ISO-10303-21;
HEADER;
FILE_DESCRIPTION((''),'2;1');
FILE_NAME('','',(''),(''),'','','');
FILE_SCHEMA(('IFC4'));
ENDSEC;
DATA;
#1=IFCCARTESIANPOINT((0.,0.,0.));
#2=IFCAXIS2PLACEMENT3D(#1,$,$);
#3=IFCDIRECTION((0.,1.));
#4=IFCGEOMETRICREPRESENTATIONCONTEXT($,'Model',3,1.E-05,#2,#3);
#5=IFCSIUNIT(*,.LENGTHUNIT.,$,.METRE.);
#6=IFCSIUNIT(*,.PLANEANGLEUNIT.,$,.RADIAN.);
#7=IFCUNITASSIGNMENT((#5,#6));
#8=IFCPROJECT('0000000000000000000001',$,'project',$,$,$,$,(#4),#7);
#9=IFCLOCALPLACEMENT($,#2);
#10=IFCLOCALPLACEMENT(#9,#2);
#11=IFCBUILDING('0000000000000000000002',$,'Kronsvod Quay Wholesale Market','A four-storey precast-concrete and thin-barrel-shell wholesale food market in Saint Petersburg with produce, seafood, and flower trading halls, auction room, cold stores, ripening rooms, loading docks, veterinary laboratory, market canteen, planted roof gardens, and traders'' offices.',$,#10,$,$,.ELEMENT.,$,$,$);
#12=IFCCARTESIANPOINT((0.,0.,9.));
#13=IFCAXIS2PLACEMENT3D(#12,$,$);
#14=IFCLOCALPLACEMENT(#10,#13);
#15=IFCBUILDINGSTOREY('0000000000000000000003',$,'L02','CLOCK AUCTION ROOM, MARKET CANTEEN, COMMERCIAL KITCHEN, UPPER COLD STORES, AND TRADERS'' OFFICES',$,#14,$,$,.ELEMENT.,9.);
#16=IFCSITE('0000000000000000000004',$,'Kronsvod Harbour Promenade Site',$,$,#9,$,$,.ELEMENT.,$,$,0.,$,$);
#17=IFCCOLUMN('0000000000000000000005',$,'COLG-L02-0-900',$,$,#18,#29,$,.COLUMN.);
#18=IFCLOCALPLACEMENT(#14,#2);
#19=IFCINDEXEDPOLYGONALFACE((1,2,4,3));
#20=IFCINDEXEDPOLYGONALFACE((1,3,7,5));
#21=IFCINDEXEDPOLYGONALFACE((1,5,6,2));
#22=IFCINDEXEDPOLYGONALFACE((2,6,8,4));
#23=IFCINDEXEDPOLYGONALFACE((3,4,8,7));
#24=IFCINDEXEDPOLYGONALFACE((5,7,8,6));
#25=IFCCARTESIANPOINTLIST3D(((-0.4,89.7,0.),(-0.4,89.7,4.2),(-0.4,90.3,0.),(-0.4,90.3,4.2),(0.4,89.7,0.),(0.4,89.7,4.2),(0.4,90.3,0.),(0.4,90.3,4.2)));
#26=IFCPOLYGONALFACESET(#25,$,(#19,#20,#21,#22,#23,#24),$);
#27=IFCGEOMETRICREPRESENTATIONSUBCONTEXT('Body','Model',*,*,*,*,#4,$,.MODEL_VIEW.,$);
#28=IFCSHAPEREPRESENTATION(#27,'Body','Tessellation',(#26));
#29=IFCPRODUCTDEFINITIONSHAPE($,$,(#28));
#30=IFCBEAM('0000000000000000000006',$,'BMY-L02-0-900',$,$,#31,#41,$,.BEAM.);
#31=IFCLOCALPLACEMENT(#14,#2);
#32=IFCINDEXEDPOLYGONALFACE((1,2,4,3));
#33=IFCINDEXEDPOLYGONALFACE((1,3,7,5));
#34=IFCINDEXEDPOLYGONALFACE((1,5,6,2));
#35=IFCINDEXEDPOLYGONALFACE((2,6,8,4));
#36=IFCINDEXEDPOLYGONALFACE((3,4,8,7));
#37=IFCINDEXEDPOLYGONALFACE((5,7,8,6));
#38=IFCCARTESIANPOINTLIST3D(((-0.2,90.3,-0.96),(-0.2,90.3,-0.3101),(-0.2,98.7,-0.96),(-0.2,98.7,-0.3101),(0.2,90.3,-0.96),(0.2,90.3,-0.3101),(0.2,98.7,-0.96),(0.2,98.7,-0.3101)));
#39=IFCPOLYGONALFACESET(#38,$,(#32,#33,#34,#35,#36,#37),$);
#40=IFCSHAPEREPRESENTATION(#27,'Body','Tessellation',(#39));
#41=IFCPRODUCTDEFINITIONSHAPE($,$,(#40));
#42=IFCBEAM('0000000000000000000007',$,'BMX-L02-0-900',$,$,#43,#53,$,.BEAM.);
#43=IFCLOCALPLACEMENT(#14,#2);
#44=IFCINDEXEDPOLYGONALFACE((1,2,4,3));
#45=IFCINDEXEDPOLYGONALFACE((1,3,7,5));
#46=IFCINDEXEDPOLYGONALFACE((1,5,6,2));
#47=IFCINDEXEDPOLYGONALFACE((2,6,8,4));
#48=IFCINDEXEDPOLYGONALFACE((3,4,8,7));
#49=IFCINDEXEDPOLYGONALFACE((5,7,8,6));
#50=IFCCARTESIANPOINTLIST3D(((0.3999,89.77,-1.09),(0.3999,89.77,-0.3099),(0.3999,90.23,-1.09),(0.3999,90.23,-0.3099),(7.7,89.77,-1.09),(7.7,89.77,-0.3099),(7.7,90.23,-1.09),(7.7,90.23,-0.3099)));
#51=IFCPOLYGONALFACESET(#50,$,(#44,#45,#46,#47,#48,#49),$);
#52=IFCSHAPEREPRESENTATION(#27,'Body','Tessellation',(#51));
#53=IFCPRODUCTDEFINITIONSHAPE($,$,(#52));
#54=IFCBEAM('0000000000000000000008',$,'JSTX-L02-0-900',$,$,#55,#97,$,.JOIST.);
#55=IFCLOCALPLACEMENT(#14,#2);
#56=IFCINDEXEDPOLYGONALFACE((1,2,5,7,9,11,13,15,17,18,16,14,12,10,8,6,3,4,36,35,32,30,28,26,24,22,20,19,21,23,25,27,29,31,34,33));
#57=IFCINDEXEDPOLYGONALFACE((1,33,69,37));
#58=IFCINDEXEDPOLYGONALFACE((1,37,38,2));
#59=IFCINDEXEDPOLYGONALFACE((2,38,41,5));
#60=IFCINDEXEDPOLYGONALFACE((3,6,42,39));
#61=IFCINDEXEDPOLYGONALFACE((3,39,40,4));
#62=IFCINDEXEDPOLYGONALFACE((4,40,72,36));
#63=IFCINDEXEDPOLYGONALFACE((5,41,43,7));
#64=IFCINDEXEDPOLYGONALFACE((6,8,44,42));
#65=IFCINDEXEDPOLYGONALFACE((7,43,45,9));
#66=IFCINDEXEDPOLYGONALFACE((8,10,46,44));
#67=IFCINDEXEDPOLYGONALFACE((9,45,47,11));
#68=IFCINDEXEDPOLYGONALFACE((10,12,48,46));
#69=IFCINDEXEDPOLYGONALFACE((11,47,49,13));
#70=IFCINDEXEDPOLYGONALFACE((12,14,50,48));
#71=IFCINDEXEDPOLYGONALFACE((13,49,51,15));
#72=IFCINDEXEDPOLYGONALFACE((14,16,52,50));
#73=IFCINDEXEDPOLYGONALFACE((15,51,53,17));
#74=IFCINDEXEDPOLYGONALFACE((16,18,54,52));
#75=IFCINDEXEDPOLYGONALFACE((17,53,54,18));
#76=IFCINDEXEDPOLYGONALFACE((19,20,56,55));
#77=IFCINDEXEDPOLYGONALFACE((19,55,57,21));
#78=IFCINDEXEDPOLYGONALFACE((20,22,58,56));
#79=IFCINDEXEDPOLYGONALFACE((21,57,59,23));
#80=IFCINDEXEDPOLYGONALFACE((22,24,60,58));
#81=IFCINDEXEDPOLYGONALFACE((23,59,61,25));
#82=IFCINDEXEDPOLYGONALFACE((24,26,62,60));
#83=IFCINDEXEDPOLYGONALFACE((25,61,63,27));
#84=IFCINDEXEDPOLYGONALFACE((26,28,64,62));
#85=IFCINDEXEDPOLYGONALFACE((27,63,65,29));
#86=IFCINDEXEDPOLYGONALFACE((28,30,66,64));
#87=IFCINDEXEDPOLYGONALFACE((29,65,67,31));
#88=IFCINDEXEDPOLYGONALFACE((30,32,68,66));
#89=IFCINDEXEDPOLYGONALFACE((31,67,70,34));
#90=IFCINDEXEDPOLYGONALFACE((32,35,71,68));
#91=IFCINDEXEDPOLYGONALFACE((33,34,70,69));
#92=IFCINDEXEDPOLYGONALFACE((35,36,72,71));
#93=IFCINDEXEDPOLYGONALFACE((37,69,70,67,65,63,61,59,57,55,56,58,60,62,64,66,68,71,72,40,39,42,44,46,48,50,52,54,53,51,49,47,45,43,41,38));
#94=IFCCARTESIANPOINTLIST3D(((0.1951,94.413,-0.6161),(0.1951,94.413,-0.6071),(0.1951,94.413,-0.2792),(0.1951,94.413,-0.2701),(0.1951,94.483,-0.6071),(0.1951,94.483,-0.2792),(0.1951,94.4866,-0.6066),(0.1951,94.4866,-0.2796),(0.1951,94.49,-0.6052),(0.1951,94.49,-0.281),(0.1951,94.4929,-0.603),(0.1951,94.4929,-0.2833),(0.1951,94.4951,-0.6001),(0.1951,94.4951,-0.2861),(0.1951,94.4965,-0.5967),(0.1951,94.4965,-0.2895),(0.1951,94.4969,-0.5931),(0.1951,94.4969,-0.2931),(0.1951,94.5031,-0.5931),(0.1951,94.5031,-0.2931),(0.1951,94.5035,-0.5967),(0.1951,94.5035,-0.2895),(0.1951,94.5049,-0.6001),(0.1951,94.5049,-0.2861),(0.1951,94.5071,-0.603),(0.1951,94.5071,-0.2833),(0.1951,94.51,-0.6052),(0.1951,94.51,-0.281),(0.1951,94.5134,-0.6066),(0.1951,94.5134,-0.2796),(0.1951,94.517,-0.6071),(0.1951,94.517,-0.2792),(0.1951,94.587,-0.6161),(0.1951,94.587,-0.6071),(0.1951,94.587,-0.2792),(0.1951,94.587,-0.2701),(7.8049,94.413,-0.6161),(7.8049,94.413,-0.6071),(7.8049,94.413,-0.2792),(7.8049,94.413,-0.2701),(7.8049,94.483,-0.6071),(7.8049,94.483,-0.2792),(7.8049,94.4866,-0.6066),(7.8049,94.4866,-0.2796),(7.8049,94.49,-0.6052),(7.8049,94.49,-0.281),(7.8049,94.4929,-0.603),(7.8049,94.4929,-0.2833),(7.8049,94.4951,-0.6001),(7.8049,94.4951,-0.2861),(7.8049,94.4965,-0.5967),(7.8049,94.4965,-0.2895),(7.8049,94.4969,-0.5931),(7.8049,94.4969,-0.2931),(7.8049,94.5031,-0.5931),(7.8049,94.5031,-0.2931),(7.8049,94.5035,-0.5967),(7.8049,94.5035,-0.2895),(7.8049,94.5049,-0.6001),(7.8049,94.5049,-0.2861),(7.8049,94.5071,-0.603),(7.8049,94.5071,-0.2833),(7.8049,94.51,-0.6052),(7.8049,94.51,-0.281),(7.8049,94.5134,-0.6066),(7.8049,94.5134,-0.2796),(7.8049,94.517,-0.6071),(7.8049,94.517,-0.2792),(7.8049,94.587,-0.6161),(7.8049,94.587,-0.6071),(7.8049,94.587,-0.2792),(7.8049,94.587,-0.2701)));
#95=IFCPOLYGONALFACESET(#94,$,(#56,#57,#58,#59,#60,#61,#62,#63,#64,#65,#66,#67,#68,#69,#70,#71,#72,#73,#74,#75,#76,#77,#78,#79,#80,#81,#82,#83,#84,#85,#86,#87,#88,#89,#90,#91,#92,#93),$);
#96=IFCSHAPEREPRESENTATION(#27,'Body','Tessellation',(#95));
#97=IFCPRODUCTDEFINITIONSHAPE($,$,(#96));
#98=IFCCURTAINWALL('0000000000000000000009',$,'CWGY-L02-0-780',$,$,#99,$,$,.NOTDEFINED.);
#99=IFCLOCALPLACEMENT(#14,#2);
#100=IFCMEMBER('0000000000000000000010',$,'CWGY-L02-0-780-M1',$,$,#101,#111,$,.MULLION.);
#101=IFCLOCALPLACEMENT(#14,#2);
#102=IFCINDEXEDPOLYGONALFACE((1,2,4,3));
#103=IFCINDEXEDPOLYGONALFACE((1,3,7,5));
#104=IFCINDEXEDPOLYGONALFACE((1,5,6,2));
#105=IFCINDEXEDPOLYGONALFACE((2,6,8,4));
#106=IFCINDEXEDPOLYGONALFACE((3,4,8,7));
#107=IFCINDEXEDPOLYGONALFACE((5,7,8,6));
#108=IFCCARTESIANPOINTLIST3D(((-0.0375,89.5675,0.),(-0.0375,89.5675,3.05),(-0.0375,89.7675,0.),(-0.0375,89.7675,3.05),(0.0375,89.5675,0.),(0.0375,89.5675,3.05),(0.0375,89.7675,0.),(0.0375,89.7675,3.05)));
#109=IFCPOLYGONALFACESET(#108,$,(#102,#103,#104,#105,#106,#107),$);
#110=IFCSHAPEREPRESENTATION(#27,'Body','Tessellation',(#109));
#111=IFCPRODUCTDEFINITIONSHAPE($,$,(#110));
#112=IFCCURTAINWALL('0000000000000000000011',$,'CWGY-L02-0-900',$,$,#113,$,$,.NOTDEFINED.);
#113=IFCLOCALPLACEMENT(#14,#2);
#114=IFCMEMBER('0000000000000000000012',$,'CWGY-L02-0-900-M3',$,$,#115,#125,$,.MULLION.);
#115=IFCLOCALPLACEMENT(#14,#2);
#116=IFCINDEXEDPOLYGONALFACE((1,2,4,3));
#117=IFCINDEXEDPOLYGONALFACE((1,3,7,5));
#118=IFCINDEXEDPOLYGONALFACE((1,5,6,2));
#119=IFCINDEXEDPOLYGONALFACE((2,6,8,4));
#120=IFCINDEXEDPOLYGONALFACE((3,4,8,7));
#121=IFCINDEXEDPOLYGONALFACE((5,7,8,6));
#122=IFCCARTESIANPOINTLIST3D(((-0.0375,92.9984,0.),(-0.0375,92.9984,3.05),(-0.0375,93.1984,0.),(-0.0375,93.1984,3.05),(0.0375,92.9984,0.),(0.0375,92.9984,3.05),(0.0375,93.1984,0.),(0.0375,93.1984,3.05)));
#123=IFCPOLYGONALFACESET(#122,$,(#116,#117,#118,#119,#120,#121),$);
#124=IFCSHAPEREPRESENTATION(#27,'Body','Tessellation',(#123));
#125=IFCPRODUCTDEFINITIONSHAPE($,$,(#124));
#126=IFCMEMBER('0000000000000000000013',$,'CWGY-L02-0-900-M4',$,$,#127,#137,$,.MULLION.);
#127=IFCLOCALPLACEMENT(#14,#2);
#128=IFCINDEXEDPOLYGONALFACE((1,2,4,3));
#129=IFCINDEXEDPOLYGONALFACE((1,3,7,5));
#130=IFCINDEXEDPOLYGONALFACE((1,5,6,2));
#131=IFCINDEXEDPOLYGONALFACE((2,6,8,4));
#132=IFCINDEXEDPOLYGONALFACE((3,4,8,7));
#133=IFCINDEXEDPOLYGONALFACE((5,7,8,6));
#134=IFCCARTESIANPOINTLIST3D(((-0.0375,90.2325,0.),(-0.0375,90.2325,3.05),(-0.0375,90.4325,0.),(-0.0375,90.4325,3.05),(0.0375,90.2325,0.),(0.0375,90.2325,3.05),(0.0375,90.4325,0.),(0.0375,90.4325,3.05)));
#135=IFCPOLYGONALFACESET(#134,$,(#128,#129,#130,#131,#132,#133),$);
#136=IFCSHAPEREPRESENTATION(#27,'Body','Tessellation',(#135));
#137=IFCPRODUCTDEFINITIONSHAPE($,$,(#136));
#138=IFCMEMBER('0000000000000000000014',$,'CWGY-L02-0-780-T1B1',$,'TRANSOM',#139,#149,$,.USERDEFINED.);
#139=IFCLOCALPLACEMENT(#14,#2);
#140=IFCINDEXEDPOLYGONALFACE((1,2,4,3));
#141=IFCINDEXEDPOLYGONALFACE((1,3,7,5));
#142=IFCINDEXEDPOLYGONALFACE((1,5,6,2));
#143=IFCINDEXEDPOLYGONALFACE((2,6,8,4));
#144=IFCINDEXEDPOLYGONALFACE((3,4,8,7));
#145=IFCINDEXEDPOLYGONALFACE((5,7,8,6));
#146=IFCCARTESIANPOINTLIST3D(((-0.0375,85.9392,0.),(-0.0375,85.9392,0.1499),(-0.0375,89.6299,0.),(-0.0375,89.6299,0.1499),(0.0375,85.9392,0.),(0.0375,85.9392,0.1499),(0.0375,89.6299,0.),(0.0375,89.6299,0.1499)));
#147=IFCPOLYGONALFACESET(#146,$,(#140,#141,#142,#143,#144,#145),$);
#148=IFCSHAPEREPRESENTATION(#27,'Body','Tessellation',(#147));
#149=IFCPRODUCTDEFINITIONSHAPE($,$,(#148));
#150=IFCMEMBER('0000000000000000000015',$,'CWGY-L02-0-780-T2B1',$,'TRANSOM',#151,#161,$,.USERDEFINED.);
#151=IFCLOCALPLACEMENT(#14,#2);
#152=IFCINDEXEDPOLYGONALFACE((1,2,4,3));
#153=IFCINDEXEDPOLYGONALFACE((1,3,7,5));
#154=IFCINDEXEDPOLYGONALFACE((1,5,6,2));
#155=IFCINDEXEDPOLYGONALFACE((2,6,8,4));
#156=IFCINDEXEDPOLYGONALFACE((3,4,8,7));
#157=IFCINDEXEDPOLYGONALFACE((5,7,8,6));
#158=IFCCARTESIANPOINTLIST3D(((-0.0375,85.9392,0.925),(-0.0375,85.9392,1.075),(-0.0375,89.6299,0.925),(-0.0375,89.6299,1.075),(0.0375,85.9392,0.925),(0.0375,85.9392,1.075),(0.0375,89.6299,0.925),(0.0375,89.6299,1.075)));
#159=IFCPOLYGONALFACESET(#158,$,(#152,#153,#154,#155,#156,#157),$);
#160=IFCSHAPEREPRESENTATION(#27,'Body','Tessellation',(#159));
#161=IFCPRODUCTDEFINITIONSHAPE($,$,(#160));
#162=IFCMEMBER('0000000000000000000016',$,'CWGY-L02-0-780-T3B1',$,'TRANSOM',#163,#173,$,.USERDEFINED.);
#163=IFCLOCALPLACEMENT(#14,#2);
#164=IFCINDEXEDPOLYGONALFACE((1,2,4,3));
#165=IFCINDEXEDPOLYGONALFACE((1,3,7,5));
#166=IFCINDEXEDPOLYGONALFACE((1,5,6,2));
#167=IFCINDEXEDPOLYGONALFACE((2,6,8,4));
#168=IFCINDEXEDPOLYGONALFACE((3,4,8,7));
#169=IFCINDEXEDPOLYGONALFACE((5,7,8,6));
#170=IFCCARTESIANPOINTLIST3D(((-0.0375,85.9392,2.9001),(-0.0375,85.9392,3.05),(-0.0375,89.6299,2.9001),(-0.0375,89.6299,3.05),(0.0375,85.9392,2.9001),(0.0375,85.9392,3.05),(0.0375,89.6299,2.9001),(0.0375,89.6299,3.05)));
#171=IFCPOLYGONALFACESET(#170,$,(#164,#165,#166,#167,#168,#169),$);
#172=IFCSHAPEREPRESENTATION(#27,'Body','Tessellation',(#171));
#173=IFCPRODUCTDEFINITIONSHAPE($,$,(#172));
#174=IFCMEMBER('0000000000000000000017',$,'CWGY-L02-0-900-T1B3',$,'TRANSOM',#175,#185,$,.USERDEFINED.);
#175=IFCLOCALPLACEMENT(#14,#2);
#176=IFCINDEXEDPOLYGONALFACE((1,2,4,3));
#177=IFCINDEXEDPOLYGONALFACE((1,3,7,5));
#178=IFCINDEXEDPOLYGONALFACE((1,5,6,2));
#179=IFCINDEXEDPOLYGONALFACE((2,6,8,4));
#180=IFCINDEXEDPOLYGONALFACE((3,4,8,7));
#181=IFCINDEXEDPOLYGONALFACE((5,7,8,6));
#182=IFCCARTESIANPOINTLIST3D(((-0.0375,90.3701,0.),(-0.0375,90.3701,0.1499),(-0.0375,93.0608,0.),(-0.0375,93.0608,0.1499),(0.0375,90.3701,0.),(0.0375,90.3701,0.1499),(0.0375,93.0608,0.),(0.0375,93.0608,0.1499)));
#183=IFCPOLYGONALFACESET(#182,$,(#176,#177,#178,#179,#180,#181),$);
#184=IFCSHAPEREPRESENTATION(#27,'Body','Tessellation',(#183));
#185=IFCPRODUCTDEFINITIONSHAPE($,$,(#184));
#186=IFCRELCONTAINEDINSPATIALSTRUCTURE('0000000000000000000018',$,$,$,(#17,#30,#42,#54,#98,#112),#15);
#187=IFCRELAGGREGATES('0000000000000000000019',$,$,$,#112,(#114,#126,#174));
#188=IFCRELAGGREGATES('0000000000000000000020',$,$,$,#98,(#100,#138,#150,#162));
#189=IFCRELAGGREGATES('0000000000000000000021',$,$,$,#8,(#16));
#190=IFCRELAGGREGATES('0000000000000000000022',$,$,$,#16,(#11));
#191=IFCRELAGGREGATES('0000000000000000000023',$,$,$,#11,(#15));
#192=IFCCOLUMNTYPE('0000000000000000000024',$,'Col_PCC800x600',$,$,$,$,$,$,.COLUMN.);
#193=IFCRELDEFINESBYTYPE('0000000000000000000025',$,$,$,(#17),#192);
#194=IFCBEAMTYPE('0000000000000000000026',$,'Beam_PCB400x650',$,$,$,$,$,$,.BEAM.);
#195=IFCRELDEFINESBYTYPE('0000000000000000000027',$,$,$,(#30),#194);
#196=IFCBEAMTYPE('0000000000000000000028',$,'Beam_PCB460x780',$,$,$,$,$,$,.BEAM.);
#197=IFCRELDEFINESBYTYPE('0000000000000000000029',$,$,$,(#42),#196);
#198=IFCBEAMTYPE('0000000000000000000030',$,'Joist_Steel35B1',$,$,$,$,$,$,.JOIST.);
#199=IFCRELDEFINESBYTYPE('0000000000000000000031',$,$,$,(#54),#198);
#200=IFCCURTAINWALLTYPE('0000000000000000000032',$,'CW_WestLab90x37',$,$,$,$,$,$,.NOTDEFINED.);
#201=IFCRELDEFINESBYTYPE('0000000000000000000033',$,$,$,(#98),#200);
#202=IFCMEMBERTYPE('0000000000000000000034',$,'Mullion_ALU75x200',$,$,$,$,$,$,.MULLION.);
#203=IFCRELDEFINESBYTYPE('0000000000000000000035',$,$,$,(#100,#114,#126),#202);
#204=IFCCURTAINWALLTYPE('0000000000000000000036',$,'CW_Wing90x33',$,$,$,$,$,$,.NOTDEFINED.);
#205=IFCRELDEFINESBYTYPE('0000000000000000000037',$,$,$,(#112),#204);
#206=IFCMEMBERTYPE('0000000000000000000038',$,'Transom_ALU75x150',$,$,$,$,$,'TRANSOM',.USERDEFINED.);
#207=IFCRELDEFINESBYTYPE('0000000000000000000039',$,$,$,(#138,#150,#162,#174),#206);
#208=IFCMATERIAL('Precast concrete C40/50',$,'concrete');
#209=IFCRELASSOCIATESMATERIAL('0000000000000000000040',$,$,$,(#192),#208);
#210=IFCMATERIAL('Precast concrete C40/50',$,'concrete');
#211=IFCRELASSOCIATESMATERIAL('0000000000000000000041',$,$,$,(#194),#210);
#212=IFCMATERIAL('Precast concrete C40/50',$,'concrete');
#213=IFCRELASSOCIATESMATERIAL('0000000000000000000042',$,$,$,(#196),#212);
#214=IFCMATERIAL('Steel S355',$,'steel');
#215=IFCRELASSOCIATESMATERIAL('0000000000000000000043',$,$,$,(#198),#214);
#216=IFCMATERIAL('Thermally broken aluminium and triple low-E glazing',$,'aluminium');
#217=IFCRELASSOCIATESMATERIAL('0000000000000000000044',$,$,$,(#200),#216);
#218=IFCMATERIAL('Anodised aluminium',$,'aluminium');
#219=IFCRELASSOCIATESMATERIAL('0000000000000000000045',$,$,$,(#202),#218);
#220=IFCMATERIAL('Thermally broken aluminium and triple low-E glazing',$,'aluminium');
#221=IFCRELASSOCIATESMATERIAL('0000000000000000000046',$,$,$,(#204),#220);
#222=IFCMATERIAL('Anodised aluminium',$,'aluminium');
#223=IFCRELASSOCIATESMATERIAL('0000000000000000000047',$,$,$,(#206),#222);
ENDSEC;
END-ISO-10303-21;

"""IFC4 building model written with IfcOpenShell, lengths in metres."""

from ifc_helpers import new_model, si_unit, direction, frame, origin, origin_2d, place, context, subcontext, project, spatial, rectangle, i_section, extrude, material, material_profile, profile_set, type_object, element, aggregate, save


model = new_model("IFC4")

# Units and contexts
model_context = context("Model", 3, precision=1e-05, world=origin(), true_north=direction((0.0, 1.0)))
body_context = subcontext(model_context, "Body", "Model", "MODEL_VIEW")
ifc_project = project(units=[si_unit("LENGTHUNIT", "METRE"), si_unit("PLANEANGLEUNIT", "RADIAN")], contexts=[model_context])

# Site, building, storey
site_placement = place(None, origin())
site = spatial("IfcSite", under=ifc_project, at=site_placement, Name="Kronsvod Harbour Promenade Site", CompositionType="ELEMENT", RefElevation=0.0)
building_placement = place(site_placement, origin())
building = spatial("IfcBuilding", under=site, at=building_placement, Name="Kronsvod Quay Wholesale Market", Description="A four-storey precast-concrete and thin-barrel-shell wholesale food market in Saint Petersburg with produce, seafood, and flower trading halls, auction room, cold stores, ripening rooms, loading docks, veterinary laboratory, market canteen, planted roof gardens, and traders' offices.", CompositionType="ELEMENT")
storey_placement = place(building_placement, frame((0.0, 0.0, 9.0)))
storey = spatial("IfcBuildingStorey", under=building, at=storey_placement, Name="L02", Description="CLOCK AUCTION ROOM, MARKET CANTEEN, COMMERCIAL KITCHEN, UPPER COLD STORES, AND TRADERS' OFFICES", CompositionType="ELEMENT", Elevation=9.0)

# Column
ifc_material_1 = material(Name="Precast concrete C40/50", Category="concrete")
ifc_material_profile_1 = material_profile(ifc_material_1, rectangle(XDim=0.8, YDim=0.6001, at=origin_2d()), Name="PCC800x600")
ifc_profile_set_1 = profile_set([ifc_material_profile_1], Name="Precast concrete C40/50")
column_type = type_object("IfcColumnType", Name="Col_PCC800x600", PredefinedType="COLUMN", material=ifc_profile_set_1)
column_placement = place(storey_placement, frame((0.0, 90.0, 0.0), z_axis=(0.0, 0.0, 1.0), x_axis=(1.0, 0.0, 0.0)))
element("IfcColumn", 1, at=column_placement, inside=storey, type_object=column_type, Name="COLG-L02-0-900", PredefinedType="COLUMN", context=body_context, shape_type="SweptSolid", body=[
    extrude(rectangle(XDim=0.8, YDim=0.6001, at=origin_2d()), origin(), (0.0, 0.0, 1.0), 4.2),
])

# Beams
ifc_material_2 = material(Name="Precast concrete C40/50", Category="concrete")
ifc_material_profile_2 = material_profile(ifc_material_2, rectangle(XDim=0.3999, YDim=0.6499, at=origin_2d()), Name="PCB400x650")
ifc_profile_set_2 = profile_set([ifc_material_profile_2], Name="Precast concrete C40/50")
beam_type_1 = type_object("IfcBeamType", Name="Beam_PCB400x650", PredefinedType="BEAM", material=ifc_profile_set_2)
beam_1_placement = place(storey_placement, frame((0.0, 90.3, -0.635), z_axis=(0.0, 1.0, 0.0), x_axis=(-1.0, 0.0, 0.0)))
element("IfcBeam", 2, at=beam_1_placement, inside=storey, type_object=beam_type_1, Name="BMY-L02-0-900", PredefinedType="BEAM", context=body_context, shape_type="SweptSolid", body=[
    extrude(rectangle(XDim=0.3999, YDim=0.6499, at=origin_2d()), origin(), (0.0, 0.0, 1.0), 8.3999),
])
ifc_material_3 = material(Name="Precast concrete C40/50", Category="concrete")
ifc_material_profile_3 = material_profile(ifc_material_3, rectangle(XDim=0.46, YDim=0.78, at=origin_2d()), Name="PB-03")
ifc_profile_set_3 = profile_set([ifc_material_profile_3], Name="Precast concrete C40/50")
beam_type_2 = type_object("IfcBeamType", Name="Beam_PCB460x780", PredefinedType="BEAM", material=ifc_profile_set_3)
beam_2_placement = place(storey_placement, frame((0.3999, 90.0, -0.7), z_axis=(1.0, 0.0, 0.0), x_axis=(0.0, 1.0, 0.0)))
element("IfcBeam", 3, at=beam_2_placement, inside=storey, type_object=beam_type_2, Name="BMX-L02-0-900", PredefinedType="BEAM", context=body_context, shape_type="SweptSolid", body=[
    extrude(rectangle(XDim=0.46, YDim=0.78, at=origin_2d()), origin(), (0.0, 0.0, 1.0), 7.3),
])
ifc_material_4 = material(Name="Steel S355", Category="steel")
ifc_material_profile_4 = material_profile(ifc_material_4, i_section(OverallWidth=0.1741, OverallDepth=0.3459, WebThickness=0.0061, FlangeThickness=0.009, FilletRadius=0.0139, at=origin_2d()), Name="35B1")
ifc_profile_set_4 = profile_set([ifc_material_profile_4], Name="Steel S355")
beam_type_3 = type_object("IfcBeamType", Name="Joist_Steel35B1", PredefinedType="JOIST", material=ifc_profile_set_4)
beam_3_placement = place(storey_placement, frame((0.1951, 94.5, -0.4431), z_axis=(1.0, 0.0, 0.0), x_axis=(0.0, 1.0, 0.0)))
element("IfcBeam", 4, at=beam_3_placement, inside=storey, type_object=beam_type_3, Name="JSTX-L02-0-900", PredefinedType="JOIST", context=body_context, shape_type="SweptSolid", body=[
    extrude(i_section(OverallWidth=0.1741, OverallDepth=0.3459, WebThickness=0.0061, FlangeThickness=0.009, FilletRadius=0.0139, at=origin_2d()), origin(), (0.0, 0.0, 1.0), 7.6099),
])

# Curtain wall, member
ifc_material_5 = material(Name="Thermally broken aluminium and triple low-E glazing", Category="aluminium")
curtain_wall_type_1 = type_object("IfcCurtainWallType", Name="CW_WestLab90x37", PredefinedType="NOTDEFINED", material=ifc_material_5)
curtain_wall_1_placement = place(storey_placement, origin())
curtain_wall_1 = element("IfcCurtainWall", 5, at=curtain_wall_1_placement, inside=storey, type_object=curtain_wall_type_1, Name="CWGY-L02-0-780", PredefinedType="NOTDEFINED")
ifc_material_6 = material(Name="Anodised aluminium", Category="aluminium")
ifc_material_profile_5 = material_profile(ifc_material_6, rectangle(XDim=0.075, YDim=0.2, at=origin_2d()), Name="ALUM75x200")
ifc_profile_set_5 = profile_set([ifc_material_profile_5], Name="Anodised aluminium")
member_type_1 = type_object("IfcMemberType", Name="Mullion_ALU75x200", PredefinedType="MULLION", material=ifc_profile_set_5)
member_1_placement = place(storey_placement, frame((0.0, 89.6675, 0.0), z_axis=(0.0, 0.0, 1.0), x_axis=(1.0, 0.0, 0.0)))
member_1 = element("IfcMember", 6, at=member_1_placement, type_object=member_type_1, Name="CWGY-L02-0-780-M1", PredefinedType="MULLION", context=body_context, shape_type="SweptSolid", body=[
    extrude(rectangle(XDim=0.075, YDim=0.2, at=origin_2d()), origin(), (0.0, 0.0, 1.0), 3.05),
])

# Curtain wall, members
ifc_material_7 = material(Name="Thermally broken aluminium and triple low-E glazing", Category="aluminium")
curtain_wall_type_2 = type_object("IfcCurtainWallType", Name="CW_Wing90x33", PredefinedType="NOTDEFINED", material=ifc_material_7)
curtain_wall_2_placement = place(storey_placement, origin())
curtain_wall_2 = element("IfcCurtainWall", 7, at=curtain_wall_2_placement, inside=storey, type_object=curtain_wall_type_2, Name="CWGY-L02-0-900", PredefinedType="NOTDEFINED")
member_2_placement = place(storey_placement, frame((0.0, 93.0984, 0.0), z_axis=(0.0, 0.0, 1.0), x_axis=(1.0, 0.0, 0.0)))
member_2 = element("IfcMember", 8, at=member_2_placement, type_object=member_type_1, Name="CWGY-L02-0-900-M3", PredefinedType="MULLION", context=body_context, shape_type="SweptSolid", body=[
    extrude(rectangle(XDim=0.075, YDim=0.2, at=origin_2d()), origin(), (0.0, 0.0, 1.0), 3.05),
])
member_3_placement = place(storey_placement, frame((0.0, 90.3325, 0.0), z_axis=(0.0, 0.0, 1.0), x_axis=(1.0, 0.0, 0.0)))
member_3 = element("IfcMember", 9, at=member_3_placement, type_object=member_type_1, Name="CWGY-L02-0-900-M4", PredefinedType="MULLION", context=body_context, shape_type="SweptSolid", body=[
    extrude(rectangle(XDim=0.075, YDim=0.2, at=origin_2d()), origin(), (0.0, 0.0, 1.0), 3.05),
])

# Members
ifc_material_8 = material(Name="Anodised aluminium", Category="aluminium")
ifc_material_profile_6 = material_profile(ifc_material_8, rectangle(XDim=0.075, YDim=0.1499, at=origin_2d()), Name="ALUT75x150")
ifc_profile_set_6 = profile_set([ifc_material_profile_6], Name="Anodised aluminium")
member_type_2 = type_object("IfcMemberType", Name="Transom_ALU75x150", ElementType="TRANSOM", PredefinedType="USERDEFINED", material=ifc_profile_set_6)
member_4_placement = place(storey_placement, frame((0.0, 89.6299, 0.075), z_axis=(0.0, -1.0, 0.0), x_axis=(1.0, 0.0, 0.0)))
member_4 = element("IfcMember", 10, at=member_4_placement, type_object=member_type_2, Name="CWGY-L02-0-780-T1B1", ObjectType="TRANSOM", PredefinedType="USERDEFINED", context=body_context, shape_type="SweptSolid", body=[
    extrude(rectangle(XDim=0.075, YDim=0.1499, at=origin_2d()), origin(), (0.0, 0.0, 1.0), 3.6907),
])
member_5_placement = place(storey_placement, frame((0.0, 89.6299, 1.0), z_axis=(0.0, -1.0, 0.0), x_axis=(1.0, 0.0, 0.0)))
member_5 = element("IfcMember", 11, at=member_5_placement, type_object=member_type_2, Name="CWGY-L02-0-780-T2B1", ObjectType="TRANSOM", PredefinedType="USERDEFINED", context=body_context, shape_type="SweptSolid", body=[
    extrude(rectangle(XDim=0.075, YDim=0.1499, at=origin_2d()), origin(), (0.0, 0.0, 1.0), 3.6907),
])
member_6_placement = place(storey_placement, frame((0.0, 89.6299, 2.9751), z_axis=(0.0, -1.0, 0.0), x_axis=(1.0, 0.0, 0.0)))
member_6 = element("IfcMember", 12, at=member_6_placement, type_object=member_type_2, Name="CWGY-L02-0-780-T3B1", ObjectType="TRANSOM", PredefinedType="USERDEFINED", context=body_context, shape_type="SweptSolid", body=[
    extrude(rectangle(XDim=0.075, YDim=0.1499, at=origin_2d()), origin(), (0.0, 0.0, 1.0), 3.6907),
])
member_7_placement = place(storey_placement, frame((0.0, 93.0608, 0.075), z_axis=(0.0, -1.0, 0.0), x_axis=(1.0, 0.0, 0.0)))
member_7 = element("IfcMember", 13, at=member_7_placement, type_object=member_type_2, Name="CWGY-L02-0-900-T1B3", ObjectType="TRANSOM", PredefinedType="USERDEFINED", context=body_context, shape_type="SweptSolid", body=[
    extrude(rectangle(XDim=0.075, YDim=0.1499, at=origin_2d()), origin(), (0.0, 0.0, 1.0), 2.6907),
])

aggregate(curtain_wall_2, [member_2, member_3, member_7])
aggregate(curtain_wall_1, [member_1, member_4, member_5, member_6])

save(model, "model.ifc")
